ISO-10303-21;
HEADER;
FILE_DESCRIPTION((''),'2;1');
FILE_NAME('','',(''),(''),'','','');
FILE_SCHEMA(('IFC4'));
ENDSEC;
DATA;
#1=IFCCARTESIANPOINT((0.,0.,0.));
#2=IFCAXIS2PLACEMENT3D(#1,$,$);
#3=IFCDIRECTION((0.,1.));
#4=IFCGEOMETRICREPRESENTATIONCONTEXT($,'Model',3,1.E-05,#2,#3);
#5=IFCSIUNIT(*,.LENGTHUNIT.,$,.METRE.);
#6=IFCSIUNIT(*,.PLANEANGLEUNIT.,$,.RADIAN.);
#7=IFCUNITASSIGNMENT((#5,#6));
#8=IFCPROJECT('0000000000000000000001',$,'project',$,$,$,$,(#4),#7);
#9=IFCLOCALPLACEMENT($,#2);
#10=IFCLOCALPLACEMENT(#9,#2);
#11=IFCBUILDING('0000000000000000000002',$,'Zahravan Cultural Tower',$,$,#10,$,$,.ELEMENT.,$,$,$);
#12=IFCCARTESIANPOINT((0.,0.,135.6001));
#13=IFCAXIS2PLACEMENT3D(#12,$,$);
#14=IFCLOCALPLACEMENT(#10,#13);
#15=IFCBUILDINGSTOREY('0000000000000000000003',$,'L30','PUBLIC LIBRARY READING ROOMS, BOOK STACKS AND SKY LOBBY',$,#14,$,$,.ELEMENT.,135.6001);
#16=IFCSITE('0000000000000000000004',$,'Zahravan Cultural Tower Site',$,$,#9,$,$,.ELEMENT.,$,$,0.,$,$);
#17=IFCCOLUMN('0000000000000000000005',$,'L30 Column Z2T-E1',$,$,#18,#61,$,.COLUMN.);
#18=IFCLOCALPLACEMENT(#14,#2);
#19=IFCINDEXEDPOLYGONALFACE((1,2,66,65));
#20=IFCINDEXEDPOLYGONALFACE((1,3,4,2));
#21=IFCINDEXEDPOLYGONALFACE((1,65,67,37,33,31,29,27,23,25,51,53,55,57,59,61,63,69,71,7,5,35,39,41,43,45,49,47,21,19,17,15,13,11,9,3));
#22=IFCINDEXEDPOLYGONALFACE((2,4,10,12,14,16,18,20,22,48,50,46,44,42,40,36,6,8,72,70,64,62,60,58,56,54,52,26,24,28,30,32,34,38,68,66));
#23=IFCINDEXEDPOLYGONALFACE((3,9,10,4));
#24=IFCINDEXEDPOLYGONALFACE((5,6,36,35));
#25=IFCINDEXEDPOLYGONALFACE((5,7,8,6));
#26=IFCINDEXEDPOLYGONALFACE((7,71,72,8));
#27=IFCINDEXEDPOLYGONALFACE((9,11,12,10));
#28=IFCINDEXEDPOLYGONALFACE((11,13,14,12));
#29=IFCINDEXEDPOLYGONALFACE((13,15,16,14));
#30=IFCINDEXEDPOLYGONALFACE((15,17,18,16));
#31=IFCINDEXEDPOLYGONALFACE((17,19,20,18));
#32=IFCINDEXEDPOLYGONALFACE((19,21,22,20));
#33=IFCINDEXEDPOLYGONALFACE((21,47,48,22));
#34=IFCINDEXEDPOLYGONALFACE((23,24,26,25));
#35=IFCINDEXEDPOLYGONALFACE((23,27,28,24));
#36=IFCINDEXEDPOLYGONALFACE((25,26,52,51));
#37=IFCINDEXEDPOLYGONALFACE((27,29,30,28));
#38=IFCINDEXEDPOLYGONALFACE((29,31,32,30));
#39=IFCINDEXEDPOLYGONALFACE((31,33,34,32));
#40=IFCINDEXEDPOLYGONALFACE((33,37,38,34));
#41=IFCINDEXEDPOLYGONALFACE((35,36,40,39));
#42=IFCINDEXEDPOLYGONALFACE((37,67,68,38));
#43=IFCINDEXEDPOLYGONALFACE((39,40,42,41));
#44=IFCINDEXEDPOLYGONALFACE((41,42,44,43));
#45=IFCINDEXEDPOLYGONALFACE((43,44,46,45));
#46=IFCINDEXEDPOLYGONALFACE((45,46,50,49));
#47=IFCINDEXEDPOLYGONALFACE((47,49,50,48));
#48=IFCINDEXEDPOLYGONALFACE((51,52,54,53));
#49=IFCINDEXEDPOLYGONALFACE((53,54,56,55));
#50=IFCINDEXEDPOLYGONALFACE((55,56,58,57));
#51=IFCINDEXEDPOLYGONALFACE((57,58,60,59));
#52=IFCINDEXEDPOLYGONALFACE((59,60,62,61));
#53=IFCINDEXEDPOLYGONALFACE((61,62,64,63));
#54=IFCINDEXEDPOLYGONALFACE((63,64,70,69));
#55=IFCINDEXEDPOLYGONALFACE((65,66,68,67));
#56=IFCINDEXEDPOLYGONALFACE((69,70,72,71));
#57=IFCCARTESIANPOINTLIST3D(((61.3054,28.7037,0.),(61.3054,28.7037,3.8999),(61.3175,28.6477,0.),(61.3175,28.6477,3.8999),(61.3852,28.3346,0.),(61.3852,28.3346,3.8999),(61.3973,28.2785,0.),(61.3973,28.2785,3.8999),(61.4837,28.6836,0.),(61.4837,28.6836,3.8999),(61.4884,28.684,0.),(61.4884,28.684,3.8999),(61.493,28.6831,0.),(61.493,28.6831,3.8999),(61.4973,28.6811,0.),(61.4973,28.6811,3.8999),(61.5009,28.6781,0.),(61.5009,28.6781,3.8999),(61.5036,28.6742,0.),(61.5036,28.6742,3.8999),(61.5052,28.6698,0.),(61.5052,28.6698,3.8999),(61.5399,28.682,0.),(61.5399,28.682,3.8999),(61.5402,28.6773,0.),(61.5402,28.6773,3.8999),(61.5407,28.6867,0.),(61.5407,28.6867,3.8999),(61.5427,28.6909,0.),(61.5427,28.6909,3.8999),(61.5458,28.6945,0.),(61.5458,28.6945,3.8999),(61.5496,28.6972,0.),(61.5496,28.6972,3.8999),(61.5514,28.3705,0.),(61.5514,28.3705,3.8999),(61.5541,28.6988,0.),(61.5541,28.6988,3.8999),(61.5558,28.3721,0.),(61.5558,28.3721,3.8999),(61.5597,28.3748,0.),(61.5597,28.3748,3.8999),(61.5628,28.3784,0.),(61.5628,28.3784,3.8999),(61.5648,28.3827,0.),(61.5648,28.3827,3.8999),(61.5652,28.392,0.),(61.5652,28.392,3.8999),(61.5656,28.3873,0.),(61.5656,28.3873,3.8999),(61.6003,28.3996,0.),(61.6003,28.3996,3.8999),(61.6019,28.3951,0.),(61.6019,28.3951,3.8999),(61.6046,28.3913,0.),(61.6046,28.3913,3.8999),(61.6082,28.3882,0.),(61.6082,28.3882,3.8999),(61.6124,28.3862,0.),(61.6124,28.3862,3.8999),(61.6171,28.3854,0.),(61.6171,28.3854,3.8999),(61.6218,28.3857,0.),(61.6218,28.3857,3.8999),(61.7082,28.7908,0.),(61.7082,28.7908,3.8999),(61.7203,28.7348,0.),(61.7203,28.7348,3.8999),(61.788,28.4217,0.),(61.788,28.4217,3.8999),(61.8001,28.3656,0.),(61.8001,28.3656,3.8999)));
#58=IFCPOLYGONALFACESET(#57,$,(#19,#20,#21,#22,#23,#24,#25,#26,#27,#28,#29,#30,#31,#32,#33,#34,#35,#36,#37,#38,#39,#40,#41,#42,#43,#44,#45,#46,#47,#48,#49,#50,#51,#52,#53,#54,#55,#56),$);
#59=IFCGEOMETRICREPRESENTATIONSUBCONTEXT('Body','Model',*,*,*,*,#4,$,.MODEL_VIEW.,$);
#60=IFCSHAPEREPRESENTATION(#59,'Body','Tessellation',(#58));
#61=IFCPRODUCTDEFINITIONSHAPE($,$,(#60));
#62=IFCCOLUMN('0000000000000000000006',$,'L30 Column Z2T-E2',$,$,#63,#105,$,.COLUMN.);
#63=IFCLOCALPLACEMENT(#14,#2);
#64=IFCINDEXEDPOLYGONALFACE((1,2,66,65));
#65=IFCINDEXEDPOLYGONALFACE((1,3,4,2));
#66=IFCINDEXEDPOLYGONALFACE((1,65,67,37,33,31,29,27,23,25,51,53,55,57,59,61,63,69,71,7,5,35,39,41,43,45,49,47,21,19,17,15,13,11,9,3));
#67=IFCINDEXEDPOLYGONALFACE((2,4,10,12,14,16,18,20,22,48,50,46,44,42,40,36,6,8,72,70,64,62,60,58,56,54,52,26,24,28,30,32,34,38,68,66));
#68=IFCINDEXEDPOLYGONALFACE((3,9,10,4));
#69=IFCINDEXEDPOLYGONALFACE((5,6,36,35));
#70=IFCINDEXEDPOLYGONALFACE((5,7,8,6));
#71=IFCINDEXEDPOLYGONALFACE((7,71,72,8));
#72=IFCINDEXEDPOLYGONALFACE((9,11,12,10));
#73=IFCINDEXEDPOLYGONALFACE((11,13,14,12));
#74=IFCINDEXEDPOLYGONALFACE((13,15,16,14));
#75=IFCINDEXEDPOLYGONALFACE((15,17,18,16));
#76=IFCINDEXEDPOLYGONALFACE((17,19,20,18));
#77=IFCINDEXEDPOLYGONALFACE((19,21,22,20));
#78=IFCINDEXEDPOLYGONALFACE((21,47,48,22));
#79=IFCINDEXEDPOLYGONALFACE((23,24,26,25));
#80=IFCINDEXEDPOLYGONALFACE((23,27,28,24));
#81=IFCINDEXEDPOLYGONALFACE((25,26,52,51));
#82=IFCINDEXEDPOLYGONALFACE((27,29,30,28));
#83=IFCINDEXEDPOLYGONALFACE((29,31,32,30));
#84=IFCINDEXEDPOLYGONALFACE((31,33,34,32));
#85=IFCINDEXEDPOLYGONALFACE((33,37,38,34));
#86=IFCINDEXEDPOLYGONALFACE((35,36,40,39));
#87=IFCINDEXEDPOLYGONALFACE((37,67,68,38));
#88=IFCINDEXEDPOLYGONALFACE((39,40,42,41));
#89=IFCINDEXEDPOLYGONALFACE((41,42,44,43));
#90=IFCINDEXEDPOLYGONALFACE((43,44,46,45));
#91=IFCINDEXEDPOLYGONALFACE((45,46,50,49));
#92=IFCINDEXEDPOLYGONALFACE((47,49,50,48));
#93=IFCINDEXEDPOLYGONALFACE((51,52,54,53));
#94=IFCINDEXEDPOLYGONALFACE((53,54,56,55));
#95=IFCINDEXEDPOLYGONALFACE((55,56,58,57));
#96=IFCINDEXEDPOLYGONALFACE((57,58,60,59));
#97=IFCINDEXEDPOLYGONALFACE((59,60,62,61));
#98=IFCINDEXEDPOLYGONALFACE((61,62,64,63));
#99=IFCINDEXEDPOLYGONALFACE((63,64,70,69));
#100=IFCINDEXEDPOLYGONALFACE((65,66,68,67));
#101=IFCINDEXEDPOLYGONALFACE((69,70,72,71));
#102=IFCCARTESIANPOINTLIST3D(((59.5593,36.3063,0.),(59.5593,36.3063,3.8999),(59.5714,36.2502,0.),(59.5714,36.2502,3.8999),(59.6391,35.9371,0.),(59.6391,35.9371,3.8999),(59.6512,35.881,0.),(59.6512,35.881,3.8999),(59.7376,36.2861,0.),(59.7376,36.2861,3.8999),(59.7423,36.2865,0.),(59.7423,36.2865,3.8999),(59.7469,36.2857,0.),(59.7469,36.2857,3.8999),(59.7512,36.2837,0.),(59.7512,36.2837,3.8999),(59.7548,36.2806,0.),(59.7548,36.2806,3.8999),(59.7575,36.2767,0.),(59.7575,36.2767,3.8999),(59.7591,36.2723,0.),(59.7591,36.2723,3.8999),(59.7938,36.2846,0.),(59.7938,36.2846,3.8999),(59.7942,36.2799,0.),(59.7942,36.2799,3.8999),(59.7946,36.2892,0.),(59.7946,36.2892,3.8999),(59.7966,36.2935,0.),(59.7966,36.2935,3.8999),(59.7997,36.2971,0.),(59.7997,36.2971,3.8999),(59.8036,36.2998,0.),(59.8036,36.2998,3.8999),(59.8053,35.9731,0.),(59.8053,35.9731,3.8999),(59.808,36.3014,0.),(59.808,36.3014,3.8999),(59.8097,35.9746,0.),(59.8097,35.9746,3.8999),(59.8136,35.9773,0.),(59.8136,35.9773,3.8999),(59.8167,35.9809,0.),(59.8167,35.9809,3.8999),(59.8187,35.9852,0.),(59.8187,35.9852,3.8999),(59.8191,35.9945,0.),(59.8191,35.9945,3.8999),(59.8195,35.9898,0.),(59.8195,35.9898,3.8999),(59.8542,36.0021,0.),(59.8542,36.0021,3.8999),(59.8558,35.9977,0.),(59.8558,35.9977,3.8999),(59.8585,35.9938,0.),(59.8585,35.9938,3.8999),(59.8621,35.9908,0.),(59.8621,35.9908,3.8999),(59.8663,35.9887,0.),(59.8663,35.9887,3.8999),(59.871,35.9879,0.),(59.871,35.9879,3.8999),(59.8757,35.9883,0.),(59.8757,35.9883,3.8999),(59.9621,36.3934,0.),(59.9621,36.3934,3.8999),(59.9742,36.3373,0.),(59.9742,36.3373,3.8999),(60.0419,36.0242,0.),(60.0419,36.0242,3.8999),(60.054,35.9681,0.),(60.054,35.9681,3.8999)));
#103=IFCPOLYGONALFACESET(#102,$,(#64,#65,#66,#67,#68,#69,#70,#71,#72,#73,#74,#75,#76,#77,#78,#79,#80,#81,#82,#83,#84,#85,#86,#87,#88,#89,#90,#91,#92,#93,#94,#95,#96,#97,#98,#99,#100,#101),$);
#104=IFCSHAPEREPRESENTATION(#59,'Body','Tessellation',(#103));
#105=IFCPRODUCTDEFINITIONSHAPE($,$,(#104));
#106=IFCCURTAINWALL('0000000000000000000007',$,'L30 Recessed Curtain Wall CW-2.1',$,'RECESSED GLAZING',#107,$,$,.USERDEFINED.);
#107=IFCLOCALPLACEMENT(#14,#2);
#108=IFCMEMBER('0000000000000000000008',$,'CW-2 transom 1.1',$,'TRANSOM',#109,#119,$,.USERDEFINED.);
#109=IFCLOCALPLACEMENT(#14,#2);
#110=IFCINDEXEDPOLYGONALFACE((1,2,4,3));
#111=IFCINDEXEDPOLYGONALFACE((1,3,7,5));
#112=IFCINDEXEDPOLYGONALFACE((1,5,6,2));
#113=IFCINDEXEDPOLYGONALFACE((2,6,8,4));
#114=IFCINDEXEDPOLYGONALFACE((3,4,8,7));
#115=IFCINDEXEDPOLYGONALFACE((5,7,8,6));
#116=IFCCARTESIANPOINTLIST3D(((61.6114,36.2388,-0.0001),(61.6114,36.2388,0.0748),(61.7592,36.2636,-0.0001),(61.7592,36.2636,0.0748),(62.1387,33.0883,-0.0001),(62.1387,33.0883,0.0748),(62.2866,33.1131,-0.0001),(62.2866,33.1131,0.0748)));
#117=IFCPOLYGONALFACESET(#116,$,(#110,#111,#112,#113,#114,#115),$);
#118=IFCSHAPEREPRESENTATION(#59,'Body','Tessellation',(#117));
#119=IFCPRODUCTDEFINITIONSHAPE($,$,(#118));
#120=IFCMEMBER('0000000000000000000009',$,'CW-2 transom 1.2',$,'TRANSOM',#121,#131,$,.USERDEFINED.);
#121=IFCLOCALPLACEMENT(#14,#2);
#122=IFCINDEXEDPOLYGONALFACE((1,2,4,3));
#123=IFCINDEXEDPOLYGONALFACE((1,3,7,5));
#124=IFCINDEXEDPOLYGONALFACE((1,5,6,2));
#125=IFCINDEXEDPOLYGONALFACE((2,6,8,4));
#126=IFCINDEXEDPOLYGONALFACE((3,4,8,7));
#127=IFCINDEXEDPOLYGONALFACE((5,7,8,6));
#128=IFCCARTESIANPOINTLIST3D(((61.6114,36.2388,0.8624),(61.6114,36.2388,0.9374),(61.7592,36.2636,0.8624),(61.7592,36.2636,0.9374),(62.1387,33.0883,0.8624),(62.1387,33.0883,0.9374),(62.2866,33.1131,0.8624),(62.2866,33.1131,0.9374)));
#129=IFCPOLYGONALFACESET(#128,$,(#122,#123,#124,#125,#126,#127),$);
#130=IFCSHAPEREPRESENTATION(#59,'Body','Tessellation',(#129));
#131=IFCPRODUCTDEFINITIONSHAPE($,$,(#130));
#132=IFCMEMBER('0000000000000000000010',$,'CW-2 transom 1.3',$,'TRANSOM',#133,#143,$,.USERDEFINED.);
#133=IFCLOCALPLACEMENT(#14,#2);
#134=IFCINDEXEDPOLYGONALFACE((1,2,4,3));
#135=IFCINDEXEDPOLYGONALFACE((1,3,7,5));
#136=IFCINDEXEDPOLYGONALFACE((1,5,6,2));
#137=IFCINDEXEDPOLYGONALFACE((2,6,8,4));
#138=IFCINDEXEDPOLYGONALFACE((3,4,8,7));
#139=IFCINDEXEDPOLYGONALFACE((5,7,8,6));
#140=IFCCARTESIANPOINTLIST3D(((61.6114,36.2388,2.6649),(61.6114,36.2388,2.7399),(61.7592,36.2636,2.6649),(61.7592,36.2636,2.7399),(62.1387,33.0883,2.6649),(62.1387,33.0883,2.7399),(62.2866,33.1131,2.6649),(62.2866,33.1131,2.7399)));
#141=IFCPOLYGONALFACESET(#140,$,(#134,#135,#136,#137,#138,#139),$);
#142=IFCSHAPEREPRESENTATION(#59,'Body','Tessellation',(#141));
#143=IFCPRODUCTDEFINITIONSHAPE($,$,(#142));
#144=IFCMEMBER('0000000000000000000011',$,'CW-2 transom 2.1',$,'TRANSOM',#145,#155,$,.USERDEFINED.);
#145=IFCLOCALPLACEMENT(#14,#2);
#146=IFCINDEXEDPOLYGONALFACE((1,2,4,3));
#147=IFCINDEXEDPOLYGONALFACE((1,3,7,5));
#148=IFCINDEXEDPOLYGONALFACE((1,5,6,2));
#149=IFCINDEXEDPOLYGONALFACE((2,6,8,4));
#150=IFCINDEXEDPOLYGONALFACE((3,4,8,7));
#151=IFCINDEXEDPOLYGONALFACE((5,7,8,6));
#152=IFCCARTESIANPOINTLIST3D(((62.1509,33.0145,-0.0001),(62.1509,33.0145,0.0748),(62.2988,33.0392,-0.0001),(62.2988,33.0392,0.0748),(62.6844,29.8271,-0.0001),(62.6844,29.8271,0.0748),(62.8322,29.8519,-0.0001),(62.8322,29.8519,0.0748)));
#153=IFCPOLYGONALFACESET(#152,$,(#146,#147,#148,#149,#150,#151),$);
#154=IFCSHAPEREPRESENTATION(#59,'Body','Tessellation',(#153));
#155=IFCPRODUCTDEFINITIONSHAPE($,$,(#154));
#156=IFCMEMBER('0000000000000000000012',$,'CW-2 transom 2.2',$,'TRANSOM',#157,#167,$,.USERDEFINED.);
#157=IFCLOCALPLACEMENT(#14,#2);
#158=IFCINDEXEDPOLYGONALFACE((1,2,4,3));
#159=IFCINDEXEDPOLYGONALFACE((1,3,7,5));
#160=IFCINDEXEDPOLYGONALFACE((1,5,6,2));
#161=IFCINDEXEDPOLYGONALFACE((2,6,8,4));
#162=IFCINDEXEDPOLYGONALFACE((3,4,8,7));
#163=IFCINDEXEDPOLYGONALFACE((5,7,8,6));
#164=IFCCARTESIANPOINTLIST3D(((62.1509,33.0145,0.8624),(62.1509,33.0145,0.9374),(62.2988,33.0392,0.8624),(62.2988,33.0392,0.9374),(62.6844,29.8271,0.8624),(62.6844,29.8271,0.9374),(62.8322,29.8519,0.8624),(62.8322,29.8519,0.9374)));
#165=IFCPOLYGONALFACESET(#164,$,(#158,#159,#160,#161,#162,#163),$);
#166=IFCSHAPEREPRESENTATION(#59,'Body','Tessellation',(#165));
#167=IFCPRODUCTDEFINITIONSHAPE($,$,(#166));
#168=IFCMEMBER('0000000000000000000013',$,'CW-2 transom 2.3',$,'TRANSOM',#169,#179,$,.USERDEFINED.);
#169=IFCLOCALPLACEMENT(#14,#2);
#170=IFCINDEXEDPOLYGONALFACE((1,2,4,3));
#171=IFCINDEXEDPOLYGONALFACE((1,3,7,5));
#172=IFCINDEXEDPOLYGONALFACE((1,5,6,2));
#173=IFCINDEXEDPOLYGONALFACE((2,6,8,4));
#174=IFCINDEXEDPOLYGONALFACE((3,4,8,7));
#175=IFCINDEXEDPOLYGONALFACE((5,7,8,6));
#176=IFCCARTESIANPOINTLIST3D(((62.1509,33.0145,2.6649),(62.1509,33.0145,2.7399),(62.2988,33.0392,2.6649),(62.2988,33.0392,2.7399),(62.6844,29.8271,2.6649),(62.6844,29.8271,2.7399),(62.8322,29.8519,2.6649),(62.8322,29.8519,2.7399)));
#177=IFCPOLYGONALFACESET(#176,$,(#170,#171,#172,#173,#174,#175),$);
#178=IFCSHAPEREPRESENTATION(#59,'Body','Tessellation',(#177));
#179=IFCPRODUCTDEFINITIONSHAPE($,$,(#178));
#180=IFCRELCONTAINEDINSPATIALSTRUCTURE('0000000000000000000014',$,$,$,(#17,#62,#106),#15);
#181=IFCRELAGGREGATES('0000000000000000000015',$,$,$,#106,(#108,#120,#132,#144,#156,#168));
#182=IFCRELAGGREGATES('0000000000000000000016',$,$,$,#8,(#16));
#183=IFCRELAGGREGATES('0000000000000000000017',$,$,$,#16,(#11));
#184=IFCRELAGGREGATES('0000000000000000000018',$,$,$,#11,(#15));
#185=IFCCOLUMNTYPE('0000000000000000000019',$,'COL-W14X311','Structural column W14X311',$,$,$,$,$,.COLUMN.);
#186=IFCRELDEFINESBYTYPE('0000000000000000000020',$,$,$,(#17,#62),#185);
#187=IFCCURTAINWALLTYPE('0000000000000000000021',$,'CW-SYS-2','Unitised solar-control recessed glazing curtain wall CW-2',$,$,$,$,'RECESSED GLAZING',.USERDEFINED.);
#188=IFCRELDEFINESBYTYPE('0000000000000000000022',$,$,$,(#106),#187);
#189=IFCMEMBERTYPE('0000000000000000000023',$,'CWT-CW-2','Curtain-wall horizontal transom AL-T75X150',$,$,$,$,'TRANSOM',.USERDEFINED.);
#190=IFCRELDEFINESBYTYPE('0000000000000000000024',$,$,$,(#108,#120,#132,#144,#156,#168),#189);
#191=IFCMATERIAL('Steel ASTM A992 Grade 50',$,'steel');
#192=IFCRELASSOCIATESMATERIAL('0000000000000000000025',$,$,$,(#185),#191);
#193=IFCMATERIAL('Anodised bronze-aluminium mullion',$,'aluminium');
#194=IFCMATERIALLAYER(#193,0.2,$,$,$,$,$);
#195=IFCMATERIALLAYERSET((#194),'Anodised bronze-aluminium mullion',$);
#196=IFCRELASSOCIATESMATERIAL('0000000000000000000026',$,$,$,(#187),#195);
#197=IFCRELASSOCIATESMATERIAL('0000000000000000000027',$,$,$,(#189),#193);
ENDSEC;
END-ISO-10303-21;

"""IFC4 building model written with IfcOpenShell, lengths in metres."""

from ifc_helpers import new_model, si_unit, direction, frame, origin, origin_2d, place, context, subcontext, project, spatial, rectangle, i_section, extrude, source, transform, mapped, material, layer, layer_set, material_profile, profile_set, type_object, element, aggregate, save


model = new_model("IFC4")

# Units and contexts
model_context = context("Model", 3, precision=1e-05, world=origin(), true_north=direction((0.0, 1.0)))
body_context = subcontext(model_context, "Body", "Model", "MODEL_VIEW")
ifc_project = project(units=[si_unit("LENGTHUNIT", "METRE"), si_unit("PLANEANGLEUNIT", "RADIAN")], contexts=[model_context])

# Site, building, storey
site_placement = place(None, origin())
site = spatial("IfcSite", under=ifc_project, at=site_placement, Name="Zahravan Cultural Tower Site", CompositionType="ELEMENT", RefElevation=0.0)
building_placement = place(site_placement, origin())
building = spatial("IfcBuilding", under=site, at=building_placement, Name="Zahravan Cultural Tower", CompositionType="ELEMENT")
storey_placement = place(building_placement, frame((0.0, 0.0, 135.6001)))
storey = spatial("IfcBuildingStorey", under=building, at=storey_placement, Name="L30", Description="PUBLIC LIBRARY READING ROOMS, BOOK STACKS AND SKY LOBBY", CompositionType="ELEMENT", Elevation=135.6001)

# Columns
ifc_material_1 = material(Name="Steel ASTM A992 Grade 50", Category="steel")
ifc_material_profile_1 = material_profile(ifc_material_1, i_section(OverallWidth=0.4121, OverallDepth=0.4351, WebThickness=0.0359, FlangeThickness=0.0574, FilletRadius=0.0181, at=origin_2d()), Name="W14X311")
ifc_profile_set_1 = profile_set([ifc_material_profile_1], Name="Steel ASTM A992 Grade 50")
column_type = type_object("IfcColumnType", Name="COL-W14X311", Description="Structural column W14X311", PredefinedType="COLUMN", material=ifc_profile_set_1)
shared_shape_1 = source(origin(), body_context, "Body", "SweptSolid", [
    extrude(i_section(OverallWidth=0.4121, OverallDepth=0.4351, WebThickness=0.0359, FlangeThickness=0.0574, FilletRadius=0.0181, at=origin_2d()), origin(), (0.0, 0.0, 1.0), 3.8999),
])
for number, where, z_axis, x_axis, name in (
    (1, (61.5527, 28.5347, 0.0), (0.0, 0.0, 1.0), (0.977416, 0.211325, 0.0), "L30 Column Z2T-E1"),
    (2, (59.8066, 36.1372, 0.0), (0.0, 0.0, 1.0), (0.977416, 0.211325, 0.0), "L30 Column Z2T-E2"),
):
    element("IfcColumn", number, at=place(storey_placement, frame(where, z_axis=z_axis, x_axis=x_axis)), inside=storey, type_object=column_type, Name=name, PredefinedType="COLUMN", context=body_context, shape_type="MappedRepresentation", body=[
        mapped(shared_shape_1, transform((0.0, 0.0, 0.0), x_axis=(1.0, 0.0, 0.0), y_axis=(0.0, 1.0, 0.0), z_axis=(0.0, 0.0, 1.0), scale=1.0)),
    ])

# Curtain wall, members
ifc_material_2 = material(Name="Anodised bronze-aluminium mullion", Category="aluminium")
ifc_layer_1 = layer(ifc_material_2, 0.2)
ifc_layer_set_1 = layer_set([ifc_layer_1], Name="Anodised bronze-aluminium mullion")
curtain_wall_type = type_object("IfcCurtainWallType", Name="CW-SYS-2", Description="Unitised solar-control recessed glazing curtain wall CW-2", ElementType="RECESSED GLAZING", PredefinedType="USERDEFINED", material=ifc_layer_set_1)
curtain_wall_placement = place(storey_placement, origin())
curtain_wall = element("IfcCurtainWall", 3, at=curtain_wall_placement, inside=storey, type_object=curtain_wall_type, Name="L30 Recessed Curtain Wall CW-2.1", ObjectType="RECESSED GLAZING", PredefinedType="USERDEFINED")
ifc_material_profile_2 = material_profile(ifc_material_2, rectangle(XDim=0.1499, YDim=0.075, at=origin_2d()), Name="AL-T75X150")
ifc_profile_set_2 = profile_set([ifc_material_profile_2], Name="Anodised bronze-aluminium mullion")
member_type_1 = type_object("IfcMemberType", Name="CWT-CW-2", Description="Curtain-wall horizontal transom AL-T75X150", ElementType="TRANSOM", PredefinedType="USERDEFINED", material=ifc_profile_set_2)
shared_shape_2 = source(origin(), body_context, "Body", "SweptSolid", [
    extrude(rectangle(XDim=0.1499, YDim=0.075, at=origin_2d()), origin(), (0.0, 0.0, 1.0), 3.1943),
])
member_1_placement = place(storey_placement, frame((61.6853, 36.2512, 0.0374), z_axis=(0.165093, -0.986278, 0.0), x_axis=(0.986278, 0.165093, 0.0)))
member_1 = element("IfcMember", 4, at=member_1_placement, type_object=member_type_1, Name="CW-2 transom 1.1", ObjectType="TRANSOM", PredefinedType="USERDEFINED", context=body_context, shape_type="MappedRepresentation", body=[
    mapped(shared_shape_2, transform((0.0, 0.0, 0.0), x_axis=(1.0, 0.0, 0.0), y_axis=(0.0, 1.0, 0.0), z_axis=(0.0, 0.0, 1.0), scale=1.0)),
])
member_2_placement = place(storey_placement, frame((61.6853, 36.2512, 0.8999), z_axis=(0.165093, -0.986278, 0.0), x_axis=(0.986278, 0.165093, 0.0)))
member_2 = element("IfcMember", 5, at=member_2_placement, type_object=member_type_1, Name="CW-2 transom 1.2", ObjectType="TRANSOM", PredefinedType="USERDEFINED", context=body_context, shape_type="MappedRepresentation", body=[
    mapped(shared_shape_2, transform((0.0, 0.0, 0.0), x_axis=(1.0, 0.0, 0.0), y_axis=(0.0, 1.0, 0.0), z_axis=(0.0, 0.0, 1.0), scale=1.0)),
])
member_3_placement = place(storey_placement, frame((61.6853, 36.2512, 2.7024), z_axis=(0.165093, -0.986278, 0.0), x_axis=(0.986278, 0.165093, 0.0)))
member_3 = element("IfcMember", 6, at=member_3_placement, type_object=member_type_1, Name="CW-2 transom 1.3", ObjectType="TRANSOM", PredefinedType="USERDEFINED", context=body_context, shape_type="MappedRepresentation", body=[
    mapped(shared_shape_2, transform((0.0, 0.0, 0.0), x_axis=(1.0, 0.0, 0.0), y_axis=(0.0, 1.0, 0.0), z_axis=(0.0, 0.0, 1.0), scale=1.0)),
])
shared_shape_3 = source(origin(), body_context, "Body", "SweptSolid", [
    extrude(rectangle(XDim=0.1499, YDim=0.075, at=origin_2d()), origin(), (0.0, 0.0, 1.0), 3.2317),
])
member_4_placement = place(storey_placement, frame((62.2249, 33.0269, 0.0374), z_axis=(0.165073, -0.986281, 0.0), x_axis=(0.986281, 0.165073, 0.0)))
member_4 = element("IfcMember", 7, at=member_4_placement, type_object=member_type_1, Name="CW-2 transom 2.1", ObjectType="TRANSOM", PredefinedType="USERDEFINED", context=body_context, shape_type="MappedRepresentation", body=[
    mapped(shared_shape_3, transform((0.0, 0.0, 0.0), x_axis=(1.0, 0.0, 0.0), y_axis=(0.0, 1.0, 0.0), z_axis=(0.0, 0.0, 1.0), scale=1.0)),
])
member_5_placement = place(storey_placement, frame((62.2249, 33.0269, 0.8999), z_axis=(0.165073, -0.986281, 0.0), x_axis=(0.986281, 0.165073, 0.0)))
member_5 = element("IfcMember", 8, at=member_5_placement, type_object=member_type_1, Name="CW-2 transom 2.2", ObjectType="TRANSOM", PredefinedType="USERDEFINED", context=body_context, shape_type="MappedRepresentation", body=[
    mapped(shared_shape_3, transform((0.0, 0.0, 0.0), x_axis=(1.0, 0.0, 0.0), y_axis=(0.0, 1.0, 0.0), z_axis=(0.0, 0.0, 1.0), scale=1.0)),
])
member_6_placement = place(storey_placement, frame((62.2249, 33.0269, 2.7024), z_axis=(0.165073, -0.986281, 0.0), x_axis=(0.986281, 0.165073, 0.0)))
member_6 = element("IfcMember", 9, at=member_6_placement, type_object=member_type_1, Name="CW-2 transom 2.3", ObjectType="TRANSOM", PredefinedType="USERDEFINED", context=body_context, shape_type="MappedRepresentation", body=[
    mapped(shared_shape_3, transform((0.0, 0.0, 0.0), x_axis=(1.0, 0.0, 0.0), y_axis=(0.0, 1.0, 0.0), z_axis=(0.0, 0.0, 1.0), scale=1.0)),
])
aggregate(curtain_wall, [member_1, member_2, member_3, member_4, member_5, member_6])

save(model, "model.ifc")
